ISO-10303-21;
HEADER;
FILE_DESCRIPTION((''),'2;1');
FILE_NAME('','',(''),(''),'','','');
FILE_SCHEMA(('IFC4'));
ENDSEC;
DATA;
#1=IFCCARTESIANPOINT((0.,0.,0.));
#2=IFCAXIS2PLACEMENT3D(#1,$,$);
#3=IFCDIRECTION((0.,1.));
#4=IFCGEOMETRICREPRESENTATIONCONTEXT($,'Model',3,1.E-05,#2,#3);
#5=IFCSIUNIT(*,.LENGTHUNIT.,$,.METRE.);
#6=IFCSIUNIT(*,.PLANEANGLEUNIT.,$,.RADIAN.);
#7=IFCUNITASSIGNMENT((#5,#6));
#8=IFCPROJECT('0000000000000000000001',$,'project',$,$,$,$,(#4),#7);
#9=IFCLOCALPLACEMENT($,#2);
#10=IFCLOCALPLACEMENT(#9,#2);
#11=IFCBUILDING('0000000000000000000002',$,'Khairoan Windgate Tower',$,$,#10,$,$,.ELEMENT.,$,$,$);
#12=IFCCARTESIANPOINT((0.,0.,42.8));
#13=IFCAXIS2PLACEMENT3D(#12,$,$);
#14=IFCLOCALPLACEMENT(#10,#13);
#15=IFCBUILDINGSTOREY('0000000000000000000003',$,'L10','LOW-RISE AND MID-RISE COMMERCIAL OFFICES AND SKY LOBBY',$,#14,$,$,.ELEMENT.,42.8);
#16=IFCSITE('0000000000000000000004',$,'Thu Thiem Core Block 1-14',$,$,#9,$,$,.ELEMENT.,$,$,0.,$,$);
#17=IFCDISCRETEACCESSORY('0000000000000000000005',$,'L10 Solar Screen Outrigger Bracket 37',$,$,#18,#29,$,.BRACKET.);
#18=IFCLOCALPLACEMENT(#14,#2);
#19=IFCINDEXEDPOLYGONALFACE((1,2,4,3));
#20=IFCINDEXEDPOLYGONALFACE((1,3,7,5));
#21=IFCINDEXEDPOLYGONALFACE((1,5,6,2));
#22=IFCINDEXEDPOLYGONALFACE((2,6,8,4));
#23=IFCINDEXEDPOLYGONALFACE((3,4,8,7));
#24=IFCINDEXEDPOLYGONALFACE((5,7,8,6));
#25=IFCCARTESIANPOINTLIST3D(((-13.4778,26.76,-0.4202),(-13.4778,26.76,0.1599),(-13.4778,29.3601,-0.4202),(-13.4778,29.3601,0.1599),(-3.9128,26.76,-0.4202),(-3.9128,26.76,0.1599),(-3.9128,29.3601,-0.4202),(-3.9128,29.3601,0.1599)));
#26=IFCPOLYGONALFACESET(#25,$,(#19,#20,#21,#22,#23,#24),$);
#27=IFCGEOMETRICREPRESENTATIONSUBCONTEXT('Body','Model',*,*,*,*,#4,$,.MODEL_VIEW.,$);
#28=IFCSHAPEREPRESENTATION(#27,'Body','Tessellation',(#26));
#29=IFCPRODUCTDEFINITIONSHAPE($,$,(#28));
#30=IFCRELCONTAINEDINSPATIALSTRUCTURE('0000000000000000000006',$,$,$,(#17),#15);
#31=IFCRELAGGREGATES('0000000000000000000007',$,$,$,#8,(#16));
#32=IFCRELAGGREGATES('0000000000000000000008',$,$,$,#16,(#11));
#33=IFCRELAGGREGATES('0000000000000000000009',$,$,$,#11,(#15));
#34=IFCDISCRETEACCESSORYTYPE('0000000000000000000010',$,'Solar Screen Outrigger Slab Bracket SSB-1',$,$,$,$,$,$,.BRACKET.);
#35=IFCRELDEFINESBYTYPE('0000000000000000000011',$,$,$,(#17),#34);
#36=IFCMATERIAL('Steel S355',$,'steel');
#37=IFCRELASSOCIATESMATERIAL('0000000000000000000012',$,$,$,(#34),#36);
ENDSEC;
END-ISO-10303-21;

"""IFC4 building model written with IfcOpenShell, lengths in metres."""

from ifc_helpers import new_model, si_unit, direction, frame, origin, origin_2d, place, context, subcontext, project, spatial, rectangle, extrude, material, type_object, element, save


model = new_model("IFC4")

# Units and contexts
model_context = context("Model", 3, precision=1e-05, world=origin(), true_north=direction((0.0, 1.0)))
body_context = subcontext(model_context, "Body", "Model", "MODEL_VIEW")
ifc_project = project(units=[si_unit("LENGTHUNIT", "METRE"), si_unit("PLANEANGLEUNIT", "RADIAN")], contexts=[model_context])

# Site, building, storey
site_placement = place(None, origin())
site = spatial("IfcSite", under=ifc_project, at=site_placement, Name="Thu Thiem Core Block 1-14", CompositionType="ELEMENT", RefElevation=0.0)
building_placement = place(site_placement, origin())
building = spatial("IfcBuilding", under=site, at=building_placement, Name="Khairoan Windgate Tower", CompositionType="ELEMENT")
storey_placement = place(building_placement, frame((0.0, 0.0, 42.8)))
storey = spatial("IfcBuildingStorey", under=building, at=storey_placement, Name="L10", Description="LOW-RISE AND MID-RISE COMMERCIAL OFFICES AND SKY LOBBY", CompositionType="ELEMENT", Elevation=42.8)

# Discrete accessory
ifc_material_1 = material(Name="Steel S355", Category="steel")
discrete_accessory_type = type_object("IfcDiscreteAccessoryType", Name="Solar Screen Outrigger Slab Bracket SSB-1", PredefinedType="BRACKET", material=ifc_material_1)
discrete_accessory_placement = place(storey_placement, frame((-8.6953, 28.0601, -0.4202), z_axis=(0.0, 0.0, 1.0), x_axis=(1.0, 0.0, 0.0)))
element("IfcDiscreteAccessory", 1, at=discrete_accessory_placement, inside=storey, type_object=discrete_accessory_type, Name="L10 Solar Screen Outrigger Bracket 37", PredefinedType="BRACKET", context=body_context, shape_type="SweptSolid", body=[
    extrude(rectangle(XDim=9.5649, YDim=2.6001, at=origin_2d()), origin(), (0.0, 0.0, 1.0), 0.5801),
])

save(model, "model.ifc")
